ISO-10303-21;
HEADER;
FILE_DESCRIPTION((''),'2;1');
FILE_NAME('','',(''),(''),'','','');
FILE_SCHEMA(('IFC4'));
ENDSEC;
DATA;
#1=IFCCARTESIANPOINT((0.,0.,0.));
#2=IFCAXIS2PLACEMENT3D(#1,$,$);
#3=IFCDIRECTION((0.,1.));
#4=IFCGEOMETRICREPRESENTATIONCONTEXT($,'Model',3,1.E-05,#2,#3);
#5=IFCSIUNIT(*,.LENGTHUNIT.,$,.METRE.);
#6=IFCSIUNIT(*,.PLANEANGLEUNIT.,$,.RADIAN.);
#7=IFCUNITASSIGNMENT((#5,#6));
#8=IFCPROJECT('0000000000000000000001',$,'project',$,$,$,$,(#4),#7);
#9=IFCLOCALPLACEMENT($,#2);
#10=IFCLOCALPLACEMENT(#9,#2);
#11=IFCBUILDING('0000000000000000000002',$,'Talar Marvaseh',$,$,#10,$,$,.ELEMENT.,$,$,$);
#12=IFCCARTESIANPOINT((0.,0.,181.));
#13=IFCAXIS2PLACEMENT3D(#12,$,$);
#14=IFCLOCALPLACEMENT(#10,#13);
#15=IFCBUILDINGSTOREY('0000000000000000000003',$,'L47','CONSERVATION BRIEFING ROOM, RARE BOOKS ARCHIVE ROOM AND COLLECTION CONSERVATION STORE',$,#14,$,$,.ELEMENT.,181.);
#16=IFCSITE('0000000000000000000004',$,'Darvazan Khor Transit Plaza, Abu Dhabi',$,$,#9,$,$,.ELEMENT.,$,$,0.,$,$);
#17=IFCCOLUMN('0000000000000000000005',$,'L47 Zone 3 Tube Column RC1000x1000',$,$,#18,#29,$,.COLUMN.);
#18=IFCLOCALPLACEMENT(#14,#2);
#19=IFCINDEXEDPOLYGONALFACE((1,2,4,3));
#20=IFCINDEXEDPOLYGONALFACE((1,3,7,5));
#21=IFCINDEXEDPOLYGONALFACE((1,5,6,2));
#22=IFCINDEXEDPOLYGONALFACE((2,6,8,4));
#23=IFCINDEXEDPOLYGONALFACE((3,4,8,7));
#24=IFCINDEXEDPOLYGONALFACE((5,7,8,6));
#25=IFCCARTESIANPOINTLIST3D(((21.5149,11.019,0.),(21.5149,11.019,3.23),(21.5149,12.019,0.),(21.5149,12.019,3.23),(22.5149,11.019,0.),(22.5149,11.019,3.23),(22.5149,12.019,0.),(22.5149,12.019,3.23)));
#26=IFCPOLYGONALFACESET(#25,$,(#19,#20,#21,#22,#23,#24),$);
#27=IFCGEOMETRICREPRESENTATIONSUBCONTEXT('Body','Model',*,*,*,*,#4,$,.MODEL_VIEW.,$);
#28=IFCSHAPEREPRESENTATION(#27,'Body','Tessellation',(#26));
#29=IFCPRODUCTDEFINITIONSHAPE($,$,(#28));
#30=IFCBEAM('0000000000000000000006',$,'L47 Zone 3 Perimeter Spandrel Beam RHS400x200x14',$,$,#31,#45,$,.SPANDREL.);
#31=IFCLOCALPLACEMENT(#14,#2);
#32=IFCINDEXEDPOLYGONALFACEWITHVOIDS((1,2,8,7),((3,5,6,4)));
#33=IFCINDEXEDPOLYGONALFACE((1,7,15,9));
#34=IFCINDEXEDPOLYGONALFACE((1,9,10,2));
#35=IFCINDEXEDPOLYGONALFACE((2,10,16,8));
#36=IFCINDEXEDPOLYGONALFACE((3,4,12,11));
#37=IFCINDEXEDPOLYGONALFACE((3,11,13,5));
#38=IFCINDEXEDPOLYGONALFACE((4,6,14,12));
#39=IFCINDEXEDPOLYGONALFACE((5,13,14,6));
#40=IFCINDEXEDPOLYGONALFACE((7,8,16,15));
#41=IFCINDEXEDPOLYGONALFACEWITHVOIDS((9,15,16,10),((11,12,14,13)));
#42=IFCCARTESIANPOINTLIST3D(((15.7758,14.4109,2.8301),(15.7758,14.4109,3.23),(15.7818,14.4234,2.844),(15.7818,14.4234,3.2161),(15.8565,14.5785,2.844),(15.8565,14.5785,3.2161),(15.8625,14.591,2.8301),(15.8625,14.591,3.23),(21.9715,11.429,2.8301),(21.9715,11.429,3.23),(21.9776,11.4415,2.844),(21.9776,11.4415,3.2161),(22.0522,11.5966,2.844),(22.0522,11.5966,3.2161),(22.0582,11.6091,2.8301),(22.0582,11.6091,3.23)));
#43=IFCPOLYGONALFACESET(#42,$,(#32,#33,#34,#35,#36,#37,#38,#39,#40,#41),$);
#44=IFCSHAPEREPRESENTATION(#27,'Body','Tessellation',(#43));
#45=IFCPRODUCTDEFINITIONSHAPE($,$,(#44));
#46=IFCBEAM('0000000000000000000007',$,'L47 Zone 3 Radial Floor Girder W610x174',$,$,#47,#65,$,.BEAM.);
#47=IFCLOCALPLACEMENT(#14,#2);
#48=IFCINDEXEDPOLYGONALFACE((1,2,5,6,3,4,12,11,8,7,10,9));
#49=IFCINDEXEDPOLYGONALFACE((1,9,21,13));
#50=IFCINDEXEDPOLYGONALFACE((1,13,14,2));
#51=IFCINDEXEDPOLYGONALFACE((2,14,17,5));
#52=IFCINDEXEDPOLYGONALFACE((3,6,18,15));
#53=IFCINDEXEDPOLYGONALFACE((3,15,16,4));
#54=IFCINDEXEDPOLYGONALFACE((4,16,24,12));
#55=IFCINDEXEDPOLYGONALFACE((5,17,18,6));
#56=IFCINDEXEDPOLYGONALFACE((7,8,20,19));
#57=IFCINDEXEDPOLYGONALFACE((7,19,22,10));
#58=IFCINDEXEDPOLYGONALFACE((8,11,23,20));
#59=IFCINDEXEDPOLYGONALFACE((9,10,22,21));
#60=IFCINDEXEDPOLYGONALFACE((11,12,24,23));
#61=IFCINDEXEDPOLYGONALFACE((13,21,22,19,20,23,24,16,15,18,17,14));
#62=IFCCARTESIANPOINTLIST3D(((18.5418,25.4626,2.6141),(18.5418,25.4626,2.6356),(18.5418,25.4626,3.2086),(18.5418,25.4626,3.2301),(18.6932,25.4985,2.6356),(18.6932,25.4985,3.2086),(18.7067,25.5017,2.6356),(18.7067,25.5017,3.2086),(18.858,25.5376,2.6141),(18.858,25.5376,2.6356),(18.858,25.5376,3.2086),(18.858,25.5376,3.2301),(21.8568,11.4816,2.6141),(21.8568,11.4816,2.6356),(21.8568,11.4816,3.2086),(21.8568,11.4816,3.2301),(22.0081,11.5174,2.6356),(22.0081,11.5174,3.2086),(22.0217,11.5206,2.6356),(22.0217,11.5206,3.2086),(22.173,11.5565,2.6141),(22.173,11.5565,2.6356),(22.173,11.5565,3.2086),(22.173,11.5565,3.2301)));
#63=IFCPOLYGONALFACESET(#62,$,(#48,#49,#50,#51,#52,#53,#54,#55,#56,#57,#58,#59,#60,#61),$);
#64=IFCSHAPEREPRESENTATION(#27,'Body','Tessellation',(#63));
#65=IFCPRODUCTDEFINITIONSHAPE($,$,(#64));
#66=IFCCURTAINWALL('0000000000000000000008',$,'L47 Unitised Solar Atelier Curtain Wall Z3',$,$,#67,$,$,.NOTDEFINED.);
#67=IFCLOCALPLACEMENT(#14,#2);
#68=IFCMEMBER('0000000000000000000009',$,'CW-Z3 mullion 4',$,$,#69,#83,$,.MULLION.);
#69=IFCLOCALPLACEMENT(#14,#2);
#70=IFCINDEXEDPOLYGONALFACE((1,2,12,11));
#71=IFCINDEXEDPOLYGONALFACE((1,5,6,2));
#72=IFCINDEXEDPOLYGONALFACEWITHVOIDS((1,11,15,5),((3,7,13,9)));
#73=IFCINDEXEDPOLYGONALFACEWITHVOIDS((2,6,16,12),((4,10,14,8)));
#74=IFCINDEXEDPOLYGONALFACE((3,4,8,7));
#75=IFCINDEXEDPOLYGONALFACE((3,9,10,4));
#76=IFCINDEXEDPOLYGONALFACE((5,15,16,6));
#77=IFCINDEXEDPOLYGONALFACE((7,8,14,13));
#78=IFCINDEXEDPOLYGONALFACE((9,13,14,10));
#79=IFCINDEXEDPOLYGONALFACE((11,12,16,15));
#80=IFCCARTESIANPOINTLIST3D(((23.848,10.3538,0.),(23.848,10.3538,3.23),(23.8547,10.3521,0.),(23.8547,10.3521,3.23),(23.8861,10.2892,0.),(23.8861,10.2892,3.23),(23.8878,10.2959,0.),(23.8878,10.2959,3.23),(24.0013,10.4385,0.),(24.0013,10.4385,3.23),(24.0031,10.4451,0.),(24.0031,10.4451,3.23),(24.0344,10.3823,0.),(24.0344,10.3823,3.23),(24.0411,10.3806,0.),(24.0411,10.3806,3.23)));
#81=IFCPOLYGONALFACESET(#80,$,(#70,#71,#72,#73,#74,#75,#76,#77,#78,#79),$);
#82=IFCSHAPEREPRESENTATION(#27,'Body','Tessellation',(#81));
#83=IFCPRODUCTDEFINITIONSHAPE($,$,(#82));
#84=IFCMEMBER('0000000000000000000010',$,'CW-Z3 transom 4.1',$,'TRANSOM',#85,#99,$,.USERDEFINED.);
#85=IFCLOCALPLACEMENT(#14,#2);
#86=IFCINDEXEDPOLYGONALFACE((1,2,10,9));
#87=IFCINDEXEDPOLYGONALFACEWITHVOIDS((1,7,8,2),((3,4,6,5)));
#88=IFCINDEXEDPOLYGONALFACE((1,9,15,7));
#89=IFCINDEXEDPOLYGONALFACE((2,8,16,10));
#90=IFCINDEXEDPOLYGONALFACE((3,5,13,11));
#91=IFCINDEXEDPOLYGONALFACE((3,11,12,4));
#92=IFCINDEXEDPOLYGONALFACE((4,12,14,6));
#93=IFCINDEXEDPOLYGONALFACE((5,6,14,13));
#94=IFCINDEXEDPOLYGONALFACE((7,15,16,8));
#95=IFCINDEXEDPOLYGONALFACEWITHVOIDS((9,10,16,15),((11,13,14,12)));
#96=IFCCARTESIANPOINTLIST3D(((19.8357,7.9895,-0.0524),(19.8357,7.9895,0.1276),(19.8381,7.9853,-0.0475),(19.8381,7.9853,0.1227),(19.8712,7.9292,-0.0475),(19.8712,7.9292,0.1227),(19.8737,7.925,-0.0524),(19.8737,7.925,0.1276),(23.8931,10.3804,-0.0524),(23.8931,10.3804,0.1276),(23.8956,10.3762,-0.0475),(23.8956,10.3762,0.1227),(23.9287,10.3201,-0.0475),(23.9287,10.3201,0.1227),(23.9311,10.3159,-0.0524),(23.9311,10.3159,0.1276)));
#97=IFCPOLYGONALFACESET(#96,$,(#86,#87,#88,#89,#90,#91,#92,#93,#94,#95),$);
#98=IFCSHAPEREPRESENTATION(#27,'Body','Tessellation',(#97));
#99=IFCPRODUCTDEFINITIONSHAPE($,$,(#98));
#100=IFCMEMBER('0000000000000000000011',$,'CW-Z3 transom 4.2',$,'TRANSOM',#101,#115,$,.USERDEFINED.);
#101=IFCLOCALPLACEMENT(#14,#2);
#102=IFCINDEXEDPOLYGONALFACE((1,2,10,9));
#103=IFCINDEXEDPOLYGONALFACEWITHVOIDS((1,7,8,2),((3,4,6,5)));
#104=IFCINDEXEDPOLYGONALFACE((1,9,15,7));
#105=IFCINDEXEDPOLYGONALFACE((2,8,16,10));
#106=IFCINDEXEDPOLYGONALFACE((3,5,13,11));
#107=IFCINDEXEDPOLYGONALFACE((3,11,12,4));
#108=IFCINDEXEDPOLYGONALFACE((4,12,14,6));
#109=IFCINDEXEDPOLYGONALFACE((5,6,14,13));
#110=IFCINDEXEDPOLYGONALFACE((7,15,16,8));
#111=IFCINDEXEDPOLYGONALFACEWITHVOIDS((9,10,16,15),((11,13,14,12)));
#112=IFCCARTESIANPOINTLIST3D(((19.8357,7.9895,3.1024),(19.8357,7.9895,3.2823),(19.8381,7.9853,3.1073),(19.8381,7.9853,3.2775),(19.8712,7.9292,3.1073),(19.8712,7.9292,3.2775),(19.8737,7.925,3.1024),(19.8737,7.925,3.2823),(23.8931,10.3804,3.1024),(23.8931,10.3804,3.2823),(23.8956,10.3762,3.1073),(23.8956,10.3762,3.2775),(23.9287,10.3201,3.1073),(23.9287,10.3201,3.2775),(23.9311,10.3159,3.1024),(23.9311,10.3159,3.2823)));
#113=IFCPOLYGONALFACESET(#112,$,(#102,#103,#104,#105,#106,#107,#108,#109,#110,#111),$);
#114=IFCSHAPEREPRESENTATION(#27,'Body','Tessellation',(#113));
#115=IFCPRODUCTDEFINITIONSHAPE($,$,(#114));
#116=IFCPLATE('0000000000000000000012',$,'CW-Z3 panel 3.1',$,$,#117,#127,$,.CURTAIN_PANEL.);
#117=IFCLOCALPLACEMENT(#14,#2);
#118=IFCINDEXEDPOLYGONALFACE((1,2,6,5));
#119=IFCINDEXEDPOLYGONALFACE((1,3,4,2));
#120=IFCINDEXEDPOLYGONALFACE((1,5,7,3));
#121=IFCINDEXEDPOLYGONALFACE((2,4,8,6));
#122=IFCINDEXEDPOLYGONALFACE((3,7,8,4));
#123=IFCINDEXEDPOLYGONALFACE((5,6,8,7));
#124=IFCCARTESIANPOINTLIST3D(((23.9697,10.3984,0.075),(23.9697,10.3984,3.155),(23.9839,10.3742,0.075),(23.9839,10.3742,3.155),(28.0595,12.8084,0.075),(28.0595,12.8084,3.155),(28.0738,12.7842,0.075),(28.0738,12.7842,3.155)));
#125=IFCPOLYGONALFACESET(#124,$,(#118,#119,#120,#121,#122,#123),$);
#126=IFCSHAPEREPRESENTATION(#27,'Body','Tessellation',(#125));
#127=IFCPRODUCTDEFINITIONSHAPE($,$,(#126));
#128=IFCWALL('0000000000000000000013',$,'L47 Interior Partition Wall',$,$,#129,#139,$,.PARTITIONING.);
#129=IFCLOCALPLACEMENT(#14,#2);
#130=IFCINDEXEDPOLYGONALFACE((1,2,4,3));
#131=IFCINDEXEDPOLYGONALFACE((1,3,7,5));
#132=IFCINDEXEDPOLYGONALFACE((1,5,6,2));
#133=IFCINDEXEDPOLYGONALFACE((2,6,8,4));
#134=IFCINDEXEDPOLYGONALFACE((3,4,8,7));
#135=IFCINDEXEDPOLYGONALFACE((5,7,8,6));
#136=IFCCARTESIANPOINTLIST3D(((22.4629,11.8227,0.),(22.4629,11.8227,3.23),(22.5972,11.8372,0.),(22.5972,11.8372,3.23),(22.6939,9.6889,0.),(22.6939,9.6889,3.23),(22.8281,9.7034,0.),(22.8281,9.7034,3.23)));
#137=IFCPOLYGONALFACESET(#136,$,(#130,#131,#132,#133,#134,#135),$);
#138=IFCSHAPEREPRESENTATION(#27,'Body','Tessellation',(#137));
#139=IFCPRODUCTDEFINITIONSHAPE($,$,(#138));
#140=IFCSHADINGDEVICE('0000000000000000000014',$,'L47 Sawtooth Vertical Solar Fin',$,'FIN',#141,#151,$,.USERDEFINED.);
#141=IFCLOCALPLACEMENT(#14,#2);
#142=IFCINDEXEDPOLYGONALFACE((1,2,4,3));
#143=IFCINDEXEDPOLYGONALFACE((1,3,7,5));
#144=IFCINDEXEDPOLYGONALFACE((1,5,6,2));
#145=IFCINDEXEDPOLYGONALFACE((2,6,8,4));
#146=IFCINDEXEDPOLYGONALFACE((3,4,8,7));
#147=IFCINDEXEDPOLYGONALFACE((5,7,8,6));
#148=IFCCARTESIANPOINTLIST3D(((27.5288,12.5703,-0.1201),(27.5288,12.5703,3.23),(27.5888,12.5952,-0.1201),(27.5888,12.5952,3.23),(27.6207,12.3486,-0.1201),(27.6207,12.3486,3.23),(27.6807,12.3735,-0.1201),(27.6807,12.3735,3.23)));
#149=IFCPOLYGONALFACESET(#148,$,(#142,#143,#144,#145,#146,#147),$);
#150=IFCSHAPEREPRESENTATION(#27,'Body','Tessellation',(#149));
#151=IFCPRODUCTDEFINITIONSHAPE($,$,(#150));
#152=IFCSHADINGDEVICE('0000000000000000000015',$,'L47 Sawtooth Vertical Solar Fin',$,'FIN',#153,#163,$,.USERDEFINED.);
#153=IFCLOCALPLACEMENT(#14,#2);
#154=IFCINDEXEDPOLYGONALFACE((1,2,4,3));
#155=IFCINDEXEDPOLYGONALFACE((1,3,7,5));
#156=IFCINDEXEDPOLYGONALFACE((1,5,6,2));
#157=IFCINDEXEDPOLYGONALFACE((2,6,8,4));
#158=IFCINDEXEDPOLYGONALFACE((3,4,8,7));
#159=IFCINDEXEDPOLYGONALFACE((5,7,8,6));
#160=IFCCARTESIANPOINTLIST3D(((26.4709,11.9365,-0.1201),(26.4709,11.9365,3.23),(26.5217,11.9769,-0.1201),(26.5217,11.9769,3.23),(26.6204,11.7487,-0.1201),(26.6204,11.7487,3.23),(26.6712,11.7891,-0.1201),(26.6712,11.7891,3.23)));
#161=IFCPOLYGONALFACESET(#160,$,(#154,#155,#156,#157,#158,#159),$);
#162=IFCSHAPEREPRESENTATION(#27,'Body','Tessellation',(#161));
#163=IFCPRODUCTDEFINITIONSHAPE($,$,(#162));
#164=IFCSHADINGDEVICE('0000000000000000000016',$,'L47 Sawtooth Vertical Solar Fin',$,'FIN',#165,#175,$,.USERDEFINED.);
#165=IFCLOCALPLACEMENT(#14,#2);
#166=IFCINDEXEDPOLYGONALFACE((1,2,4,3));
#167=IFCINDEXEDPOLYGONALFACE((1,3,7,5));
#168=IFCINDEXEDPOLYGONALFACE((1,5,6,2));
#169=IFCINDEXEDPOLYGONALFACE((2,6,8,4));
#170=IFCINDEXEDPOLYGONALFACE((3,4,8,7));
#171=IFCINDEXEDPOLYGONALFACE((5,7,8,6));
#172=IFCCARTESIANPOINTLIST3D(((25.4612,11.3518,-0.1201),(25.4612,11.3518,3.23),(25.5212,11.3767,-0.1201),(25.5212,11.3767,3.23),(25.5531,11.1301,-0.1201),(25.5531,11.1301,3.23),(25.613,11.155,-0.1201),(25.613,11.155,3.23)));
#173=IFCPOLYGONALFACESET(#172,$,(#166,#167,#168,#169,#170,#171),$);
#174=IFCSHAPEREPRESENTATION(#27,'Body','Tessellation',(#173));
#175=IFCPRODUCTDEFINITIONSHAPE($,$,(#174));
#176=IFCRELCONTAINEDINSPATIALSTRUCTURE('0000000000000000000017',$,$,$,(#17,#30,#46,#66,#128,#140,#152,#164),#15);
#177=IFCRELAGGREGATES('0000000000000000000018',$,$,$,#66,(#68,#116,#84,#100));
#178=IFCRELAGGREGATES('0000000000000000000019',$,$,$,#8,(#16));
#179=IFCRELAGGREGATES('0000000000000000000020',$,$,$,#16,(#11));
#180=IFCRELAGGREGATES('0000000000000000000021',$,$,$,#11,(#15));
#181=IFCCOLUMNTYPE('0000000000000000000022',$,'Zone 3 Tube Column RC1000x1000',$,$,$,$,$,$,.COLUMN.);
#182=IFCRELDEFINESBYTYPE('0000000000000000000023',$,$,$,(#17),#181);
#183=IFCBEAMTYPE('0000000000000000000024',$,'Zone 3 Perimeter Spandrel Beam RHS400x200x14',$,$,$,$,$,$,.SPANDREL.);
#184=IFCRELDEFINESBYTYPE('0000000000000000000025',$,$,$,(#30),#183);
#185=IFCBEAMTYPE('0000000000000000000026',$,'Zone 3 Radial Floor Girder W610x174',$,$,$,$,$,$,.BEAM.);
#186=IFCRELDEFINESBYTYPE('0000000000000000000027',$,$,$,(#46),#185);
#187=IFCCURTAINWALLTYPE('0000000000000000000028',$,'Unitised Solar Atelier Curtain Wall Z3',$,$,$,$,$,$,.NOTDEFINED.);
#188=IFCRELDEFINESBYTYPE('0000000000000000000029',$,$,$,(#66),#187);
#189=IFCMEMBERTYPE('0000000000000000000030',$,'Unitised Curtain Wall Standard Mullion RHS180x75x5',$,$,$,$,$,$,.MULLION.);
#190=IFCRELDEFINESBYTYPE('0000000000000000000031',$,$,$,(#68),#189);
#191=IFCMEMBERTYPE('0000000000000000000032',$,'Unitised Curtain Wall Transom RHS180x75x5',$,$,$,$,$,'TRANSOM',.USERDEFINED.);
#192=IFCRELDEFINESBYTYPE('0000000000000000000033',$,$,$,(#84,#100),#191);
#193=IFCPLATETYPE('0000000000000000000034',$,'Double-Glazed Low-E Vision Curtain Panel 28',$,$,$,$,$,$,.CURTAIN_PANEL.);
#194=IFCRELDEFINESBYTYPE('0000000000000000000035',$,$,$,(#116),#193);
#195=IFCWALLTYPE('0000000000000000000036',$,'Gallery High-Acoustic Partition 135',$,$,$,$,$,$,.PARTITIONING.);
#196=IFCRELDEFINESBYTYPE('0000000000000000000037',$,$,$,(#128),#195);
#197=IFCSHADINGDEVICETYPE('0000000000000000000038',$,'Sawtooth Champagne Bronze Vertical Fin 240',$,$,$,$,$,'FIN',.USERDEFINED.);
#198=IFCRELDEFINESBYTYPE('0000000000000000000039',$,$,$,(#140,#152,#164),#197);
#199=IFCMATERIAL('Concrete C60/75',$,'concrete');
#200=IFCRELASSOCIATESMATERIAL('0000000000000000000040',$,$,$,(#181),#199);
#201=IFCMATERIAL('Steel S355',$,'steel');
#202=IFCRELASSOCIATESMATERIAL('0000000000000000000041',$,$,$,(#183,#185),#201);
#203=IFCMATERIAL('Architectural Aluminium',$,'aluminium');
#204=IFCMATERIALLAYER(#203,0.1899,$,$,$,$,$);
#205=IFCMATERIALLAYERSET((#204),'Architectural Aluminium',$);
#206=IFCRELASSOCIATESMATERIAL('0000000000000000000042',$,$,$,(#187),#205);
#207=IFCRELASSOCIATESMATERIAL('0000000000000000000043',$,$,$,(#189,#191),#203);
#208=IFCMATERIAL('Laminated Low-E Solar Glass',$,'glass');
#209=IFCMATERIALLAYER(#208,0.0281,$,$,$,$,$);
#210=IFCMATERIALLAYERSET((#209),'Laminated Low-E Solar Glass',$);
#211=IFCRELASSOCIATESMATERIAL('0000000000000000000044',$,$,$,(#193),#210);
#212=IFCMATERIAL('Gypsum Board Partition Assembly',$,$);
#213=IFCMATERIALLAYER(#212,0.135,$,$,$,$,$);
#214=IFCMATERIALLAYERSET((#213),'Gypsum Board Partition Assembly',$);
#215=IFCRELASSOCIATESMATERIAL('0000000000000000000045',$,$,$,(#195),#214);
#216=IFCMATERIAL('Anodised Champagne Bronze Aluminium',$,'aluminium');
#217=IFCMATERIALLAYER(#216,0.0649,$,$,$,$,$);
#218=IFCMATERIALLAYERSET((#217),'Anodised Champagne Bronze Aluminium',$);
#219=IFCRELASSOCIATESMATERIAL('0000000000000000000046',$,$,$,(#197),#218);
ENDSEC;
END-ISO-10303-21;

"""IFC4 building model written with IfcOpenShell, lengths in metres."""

from ifc_helpers import new_model, si_unit, direction, frame, frame_2d, origin, origin_2d, place, context, subcontext, project, spatial, rectangle, hollow_rectangle, i_section, extrude, source, transform, mapped, material, layer, layer_set, material_profile, profile_set, type_object, type_shapes, element, aggregate, save


model = new_model("IFC4")

# Units and contexts
model_context = context("Model", 3, precision=1e-05, world=origin(), true_north=direction((0.0, 1.0)))
body_context = subcontext(model_context, "Body", "Model", "MODEL_VIEW")
ifc_project = project(units=[si_unit("LENGTHUNIT", "METRE"), si_unit("PLANEANGLEUNIT", "RADIAN")], contexts=[model_context])

# Site, building, storey
site_placement = place(None, origin())
site = spatial("IfcSite", under=ifc_project, at=site_placement, Name="Darvazan Khor Transit Plaza, Abu Dhabi", CompositionType="ELEMENT", RefElevation=0.0)
building_placement = place(site_placement, origin())
building = spatial("IfcBuilding", under=site, at=building_placement, Name="Talar Marvaseh", CompositionType="ELEMENT")
storey_placement = place(building_placement, frame((0.0, 0.0, 181.0)))
storey = spatial("IfcBuildingStorey", under=building, at=storey_placement, Name="L47", Description="CONSERVATION BRIEFING ROOM, RARE BOOKS ARCHIVE ROOM AND COLLECTION CONSERVATION STORE", CompositionType="ELEMENT", Elevation=181.0)

# Column
ifc_material_1 = material(Name="Concrete C60/75", Category="concrete")
ifc_material_profile_1 = material_profile(ifc_material_1, rectangle(XDim=1.0, YDim=1.0, at=origin_2d()), Name="RC1000x1000")
ifc_profile_set_1 = profile_set([ifc_material_profile_1], Name="Concrete C60/75")
column_type = type_object("IfcColumnType", Name="Zone 3 Tube Column RC1000x1000", PredefinedType="COLUMN", material=ifc_profile_set_1)
column_placement = place(storey_placement, frame((22.0149, 11.519, 0.0), z_axis=(0.0, 0.0, 1.0), x_axis=(1.0, 0.0, 0.0)))
element("IfcColumn", 1, at=column_placement, inside=storey, type_object=column_type, Name="L47 Zone 3 Tube Column RC1000x1000", PredefinedType="COLUMN", context=body_context, shape_type="SweptSolid", body=[
    extrude(rectangle(XDim=1.0, YDim=1.0, at=origin_2d()), origin(), (0.0, 0.0, 1.0), 3.23),
])

# Beams
ifc_material_2 = material(Name="Steel S355", Category="steel")
ifc_material_profile_2 = material_profile(ifc_material_2, hollow_rectangle(XDim=0.2, YDim=0.3999, WallThickness=0.0139, at=origin_2d()), Name="RHS400x200x14")
ifc_profile_set_2 = profile_set([ifc_material_profile_2], Name="Steel S355")
beam_type_1 = type_object("IfcBeamType", Name="Zone 3 Perimeter Spandrel Beam RHS400x200x14", PredefinedType="SPANDREL", material=ifc_profile_set_2)
beam_1_placement = place(storey_placement, frame((22.0149, 11.519, 3.03), z_axis=(-0.901072, 0.43367, 0.0), x_axis=(-0.43367, -0.901072, 0.0)))
element("IfcBeam", 2, at=beam_1_placement, inside=storey, type_object=beam_type_1, Name="L47 Zone 3 Perimeter Spandrel Beam RHS400x200x14", PredefinedType="SPANDREL", context=body_context, shape_type="SweptSolid", body=[
    extrude(hollow_rectangle(XDim=0.2, YDim=0.3999, WallThickness=0.0139, at=origin_2d()), origin(), (0.0, 0.0, 1.0), 6.876),
])
ifc_material_profile_3 = material_profile(ifc_material_2, i_section(OverallWidth=0.325, OverallDepth=0.616, WebThickness=0.0139, FlangeThickness=0.0215, at=origin_2d()), Name="W610x174")
ifc_profile_set_3 = profile_set([ifc_material_profile_3], Name="Steel S355")
beam_type_2 = type_object("IfcBeamType", Name="Zone 3 Radial Floor Girder W610x174", PredefinedType="BEAM", material=ifc_profile_set_3)
beam_2_placement = place(storey_placement, frame((22.0149, 11.519, 2.9221), z_axis=(-0.230708, 0.973023, 0.0), x_axis=(-0.973023, -0.230708, 0.0)))
element("IfcBeam", 3, at=beam_2_placement, inside=storey, type_object=beam_type_2, Name="L47 Zone 3 Radial Floor Girder W610x174", PredefinedType="BEAM", context=body_context, shape_type="SweptSolid", body=[
    extrude(i_section(OverallWidth=0.325, OverallDepth=0.616, WebThickness=0.0139, FlangeThickness=0.0215, at=origin_2d()), origin(), (0.0, 0.0, 1.0), 14.3687),
])

# Curtain wall, members, plate
ifc_material_3 = material(Name="Architectural Aluminium", Category="aluminium")
ifc_layer_1 = layer(ifc_material_3, 0.1899)
ifc_layer_set_1 = layer_set([ifc_layer_1], Name="Architectural Aluminium")
curtain_wall_type = type_object("IfcCurtainWallType", Name="Unitised Solar Atelier Curtain Wall Z3", PredefinedType="NOTDEFINED", material=ifc_layer_set_1)
curtain_wall_placement = place(storey_placement, origin())
curtain_wall = element("IfcCurtainWall", 4, at=curtain_wall_placement, inside=storey, type_object=curtain_wall_type, Name="L47 Unitised Solar Atelier Curtain Wall Z3", PredefinedType="NOTDEFINED")
ifc_material_profile_4 = material_profile(ifc_material_3, hollow_rectangle(XDim=0.075, YDim=0.1799, WallThickness=0.0049, at=origin_2d()), Name="RHS180x75x5")
ifc_profile_set_4 = profile_set([ifc_material_profile_4], Name="Architectural Aluminium")
member_type_1 = type_object("IfcMemberType", Name="Unitised Curtain Wall Standard Mullion RHS180x75x5", PredefinedType="MULLION", material=ifc_profile_set_4)
shared_shape_1 = source(origin(), body_context, "Body", "SweptSolid", [
    extrude(hollow_rectangle(XDim=0.075, YDim=0.1799, WallThickness=0.0049, at=origin_2d()), origin(), (0.0, 0.0, 1.0), 3.23),
])
type_shapes(member_type_1, [shared_shape_1])
member_1_placement = place(storey_placement, frame((23.9446, 10.3672, 0.0), z_axis=(0.0, 0.0, 1.0), x_axis=(0.507674, -0.861549, 0.0)))
member_1 = element("IfcMember", 5, at=member_1_placement, type_object=member_type_1, Name="CW-Z3 mullion 4", PredefinedType="MULLION", context=body_context, shape_type="MappedRepresentation", body=[
    mapped(shared_shape_1, transform((0.0, 0.0, 0.0), x_axis=(1.0, 0.0, 0.0), y_axis=(0.0, 1.0, 0.0), z_axis=(0.0, 0.0, 1.0), scale=1.0)),
])
ifc_material_profile_5 = material_profile(ifc_material_3, hollow_rectangle(XDim=0.075, YDim=0.1799, WallThickness=0.0049, at=origin_2d()), Name="RHS180x75x5")
ifc_profile_set_5 = profile_set([ifc_material_profile_5], Name="Architectural Aluminium")
member_type_2 = type_object("IfcMemberType", Name="Unitised Curtain Wall Transom RHS180x75x5", ElementType="TRANSOM", PredefinedType="USERDEFINED", material=ifc_profile_set_5)
shared_shape_2 = source(origin(), body_context, "Body", "SweptSolid", [
    extrude(hollow_rectangle(XDim=0.075, YDim=0.1799, WallThickness=0.0049, at=origin_2d()), origin(), (0.0, 0.0, 1.0), 4.7095),
])
type_shapes(member_type_2, [shared_shape_2])
member_2_placement = place(storey_placement, frame((23.9121, 10.3481, 0.0376), z_axis=(-0.861546, -0.507679, 0.0), x_axis=(0.507679, -0.861546, 0.0)))
member_2 = element("IfcMember", 6, at=member_2_placement, type_object=member_type_2, Name="CW-Z3 transom 4.1", ObjectType="TRANSOM", PredefinedType="USERDEFINED", context=body_context, shape_type="MappedRepresentation", body=[
    mapped(shared_shape_2, transform((0.0, 0.0, 0.0), x_axis=(1.0, 0.0, 0.0), y_axis=(0.0, 1.0, 0.0), z_axis=(0.0, 0.0, 1.0), scale=1.0)),
])
member_3_placement = place(storey_placement, frame((23.9121, 10.3481, 3.1924), z_axis=(-0.861546, -0.507679, 0.0), x_axis=(0.507679, -0.861546, 0.0)))
member_3 = element("IfcMember", 7, at=member_3_placement, type_object=member_type_2, Name="CW-Z3 transom 4.2", ObjectType="TRANSOM", PredefinedType="USERDEFINED", context=body_context, shape_type="MappedRepresentation", body=[
    mapped(shared_shape_2, transform((0.0, 0.0, 0.0), x_axis=(1.0, 0.0, 0.0), y_axis=(0.0, 1.0, 0.0), z_axis=(0.0, 0.0, 1.0), scale=1.0)),
])
ifc_material_4 = material(Name="Laminated Low-E Solar Glass", Category="glass")
ifc_layer_2 = layer(ifc_material_4, 0.0281)
ifc_layer_set_2 = layer_set([ifc_layer_2], Name="Laminated Low-E Solar Glass")
plate_type = type_object("IfcPlateType", Name="Double-Glazed Low-E Vision Curtain Panel 28", PredefinedType="CURTAIN_PANEL", material=ifc_layer_set_2)
shared_shape_3 = source(origin(), body_context, "Body", "SweptSolid", [
    extrude(rectangle(XDim=4.7471, YDim=0.0281, at=origin_2d()), origin(), (0.0, 0.0, 1.0), 3.0801),
])
type_shapes(plate_type, [shared_shape_3])
plate_placement = place(storey_placement, frame((26.0217, 11.5913, 0.075), z_axis=(0.0, 0.0, 1.0), x_axis=(-0.861549, -0.507674, 0.0)))
plate = element("IfcPlate", 8, at=plate_placement, type_object=plate_type, Name="CW-Z3 panel 3.1", PredefinedType="CURTAIN_PANEL", context=body_context, shape_type="MappedRepresentation", body=[
    mapped(shared_shape_3, transform((0.0, 0.0, 0.0), x_axis=(1.0, 0.0, 0.0), y_axis=(0.0, 1.0, 0.0), z_axis=(0.0, 0.0, 1.0), scale=1.0)),
])
aggregate(curtain_wall, [member_1, plate, member_2, member_3])

# Wall
ifc_material_5 = material(Name="Gypsum Board Partition Assembly")
ifc_layer_3 = layer(ifc_material_5, 0.135)
ifc_layer_set_3 = layer_set([ifc_layer_3], Name="Gypsum Board Partition Assembly")
wall_type = type_object("IfcWallType", Name="Gallery High-Acoustic Partition 135", PredefinedType="PARTITIONING", material=ifc_layer_set_3)
wall_placement = place(storey_placement, frame((22.53, 11.8301, 0.0), z_axis=(0.0, 0.0, 1.0), x_axis=(0.107609, -0.994193, 0.0)))
element("IfcWall", 9, at=wall_placement, inside=storey, type_object=wall_type, Name="L47 Interior Partition Wall", PredefinedType="PARTITIONING", context=body_context, shape_type="SweptSolid", body=[
    extrude(rectangle(XDim=2.1462, YDim=0.135, at=frame_2d((1.0732, 0.0))), origin(), (0.0, 0.0, 1.0), 3.23),
])

# Shading devices
ifc_material_6 = material(Name="Anodised Champagne Bronze Aluminium", Category="aluminium")
ifc_layer_4 = layer(ifc_material_6, 0.0649)
ifc_layer_set_4 = layer_set([ifc_layer_4], Name="Anodised Champagne Bronze Aluminium")
shading_device_type = type_object("IfcShadingDeviceType", Name="Sawtooth Champagne Bronze Vertical Fin 240", ElementType="FIN", PredefinedType="USERDEFINED", material=ifc_layer_set_4)
shared_shape_4 = source(origin(), body_context, "Body", "SweptSolid", [
    extrude(rectangle(XDim=0.24, YDim=0.0649, at=origin_2d()), origin(), (0.0, 0.0, 1.0), 3.3501),
])
type_shapes(shading_device_type, [shared_shape_4])
for number, where, z_axis, x_axis, name in (
    (10, (27.6047, 12.4719, -0.1201), (0.0, 0.0, 1.0), (0.382845, -0.923813, 0.0), "L47 Sawtooth Vertical Solar Fin"),
    (11, (26.571, 11.8628, -0.1201), (0.0, 0.0, 1.0), (0.622651, -0.782499, 0.0), "L47 Sawtooth Vertical Solar Fin"),
    (12, (25.5371, 11.2534, -0.1201), (0.0, 0.0, 1.0), (0.382845, -0.923813, 0.0), "L47 Sawtooth Vertical Solar Fin"),
):
    element("IfcShadingDevice", number, at=place(storey_placement, frame(where, z_axis=z_axis, x_axis=x_axis)), inside=storey, type_object=shading_device_type, Name=name, ObjectType="FIN", PredefinedType="USERDEFINED", context=body_context, shape_type="MappedRepresentation", body=[
        mapped(shared_shape_4, transform((0.0, 0.0, 0.0), x_axis=(1.0, 0.0, 0.0), y_axis=(0.0, 1.0, 0.0), z_axis=(0.0, 0.0, 1.0), scale=1.0)),
    ])

save(model, "model.ifc")
